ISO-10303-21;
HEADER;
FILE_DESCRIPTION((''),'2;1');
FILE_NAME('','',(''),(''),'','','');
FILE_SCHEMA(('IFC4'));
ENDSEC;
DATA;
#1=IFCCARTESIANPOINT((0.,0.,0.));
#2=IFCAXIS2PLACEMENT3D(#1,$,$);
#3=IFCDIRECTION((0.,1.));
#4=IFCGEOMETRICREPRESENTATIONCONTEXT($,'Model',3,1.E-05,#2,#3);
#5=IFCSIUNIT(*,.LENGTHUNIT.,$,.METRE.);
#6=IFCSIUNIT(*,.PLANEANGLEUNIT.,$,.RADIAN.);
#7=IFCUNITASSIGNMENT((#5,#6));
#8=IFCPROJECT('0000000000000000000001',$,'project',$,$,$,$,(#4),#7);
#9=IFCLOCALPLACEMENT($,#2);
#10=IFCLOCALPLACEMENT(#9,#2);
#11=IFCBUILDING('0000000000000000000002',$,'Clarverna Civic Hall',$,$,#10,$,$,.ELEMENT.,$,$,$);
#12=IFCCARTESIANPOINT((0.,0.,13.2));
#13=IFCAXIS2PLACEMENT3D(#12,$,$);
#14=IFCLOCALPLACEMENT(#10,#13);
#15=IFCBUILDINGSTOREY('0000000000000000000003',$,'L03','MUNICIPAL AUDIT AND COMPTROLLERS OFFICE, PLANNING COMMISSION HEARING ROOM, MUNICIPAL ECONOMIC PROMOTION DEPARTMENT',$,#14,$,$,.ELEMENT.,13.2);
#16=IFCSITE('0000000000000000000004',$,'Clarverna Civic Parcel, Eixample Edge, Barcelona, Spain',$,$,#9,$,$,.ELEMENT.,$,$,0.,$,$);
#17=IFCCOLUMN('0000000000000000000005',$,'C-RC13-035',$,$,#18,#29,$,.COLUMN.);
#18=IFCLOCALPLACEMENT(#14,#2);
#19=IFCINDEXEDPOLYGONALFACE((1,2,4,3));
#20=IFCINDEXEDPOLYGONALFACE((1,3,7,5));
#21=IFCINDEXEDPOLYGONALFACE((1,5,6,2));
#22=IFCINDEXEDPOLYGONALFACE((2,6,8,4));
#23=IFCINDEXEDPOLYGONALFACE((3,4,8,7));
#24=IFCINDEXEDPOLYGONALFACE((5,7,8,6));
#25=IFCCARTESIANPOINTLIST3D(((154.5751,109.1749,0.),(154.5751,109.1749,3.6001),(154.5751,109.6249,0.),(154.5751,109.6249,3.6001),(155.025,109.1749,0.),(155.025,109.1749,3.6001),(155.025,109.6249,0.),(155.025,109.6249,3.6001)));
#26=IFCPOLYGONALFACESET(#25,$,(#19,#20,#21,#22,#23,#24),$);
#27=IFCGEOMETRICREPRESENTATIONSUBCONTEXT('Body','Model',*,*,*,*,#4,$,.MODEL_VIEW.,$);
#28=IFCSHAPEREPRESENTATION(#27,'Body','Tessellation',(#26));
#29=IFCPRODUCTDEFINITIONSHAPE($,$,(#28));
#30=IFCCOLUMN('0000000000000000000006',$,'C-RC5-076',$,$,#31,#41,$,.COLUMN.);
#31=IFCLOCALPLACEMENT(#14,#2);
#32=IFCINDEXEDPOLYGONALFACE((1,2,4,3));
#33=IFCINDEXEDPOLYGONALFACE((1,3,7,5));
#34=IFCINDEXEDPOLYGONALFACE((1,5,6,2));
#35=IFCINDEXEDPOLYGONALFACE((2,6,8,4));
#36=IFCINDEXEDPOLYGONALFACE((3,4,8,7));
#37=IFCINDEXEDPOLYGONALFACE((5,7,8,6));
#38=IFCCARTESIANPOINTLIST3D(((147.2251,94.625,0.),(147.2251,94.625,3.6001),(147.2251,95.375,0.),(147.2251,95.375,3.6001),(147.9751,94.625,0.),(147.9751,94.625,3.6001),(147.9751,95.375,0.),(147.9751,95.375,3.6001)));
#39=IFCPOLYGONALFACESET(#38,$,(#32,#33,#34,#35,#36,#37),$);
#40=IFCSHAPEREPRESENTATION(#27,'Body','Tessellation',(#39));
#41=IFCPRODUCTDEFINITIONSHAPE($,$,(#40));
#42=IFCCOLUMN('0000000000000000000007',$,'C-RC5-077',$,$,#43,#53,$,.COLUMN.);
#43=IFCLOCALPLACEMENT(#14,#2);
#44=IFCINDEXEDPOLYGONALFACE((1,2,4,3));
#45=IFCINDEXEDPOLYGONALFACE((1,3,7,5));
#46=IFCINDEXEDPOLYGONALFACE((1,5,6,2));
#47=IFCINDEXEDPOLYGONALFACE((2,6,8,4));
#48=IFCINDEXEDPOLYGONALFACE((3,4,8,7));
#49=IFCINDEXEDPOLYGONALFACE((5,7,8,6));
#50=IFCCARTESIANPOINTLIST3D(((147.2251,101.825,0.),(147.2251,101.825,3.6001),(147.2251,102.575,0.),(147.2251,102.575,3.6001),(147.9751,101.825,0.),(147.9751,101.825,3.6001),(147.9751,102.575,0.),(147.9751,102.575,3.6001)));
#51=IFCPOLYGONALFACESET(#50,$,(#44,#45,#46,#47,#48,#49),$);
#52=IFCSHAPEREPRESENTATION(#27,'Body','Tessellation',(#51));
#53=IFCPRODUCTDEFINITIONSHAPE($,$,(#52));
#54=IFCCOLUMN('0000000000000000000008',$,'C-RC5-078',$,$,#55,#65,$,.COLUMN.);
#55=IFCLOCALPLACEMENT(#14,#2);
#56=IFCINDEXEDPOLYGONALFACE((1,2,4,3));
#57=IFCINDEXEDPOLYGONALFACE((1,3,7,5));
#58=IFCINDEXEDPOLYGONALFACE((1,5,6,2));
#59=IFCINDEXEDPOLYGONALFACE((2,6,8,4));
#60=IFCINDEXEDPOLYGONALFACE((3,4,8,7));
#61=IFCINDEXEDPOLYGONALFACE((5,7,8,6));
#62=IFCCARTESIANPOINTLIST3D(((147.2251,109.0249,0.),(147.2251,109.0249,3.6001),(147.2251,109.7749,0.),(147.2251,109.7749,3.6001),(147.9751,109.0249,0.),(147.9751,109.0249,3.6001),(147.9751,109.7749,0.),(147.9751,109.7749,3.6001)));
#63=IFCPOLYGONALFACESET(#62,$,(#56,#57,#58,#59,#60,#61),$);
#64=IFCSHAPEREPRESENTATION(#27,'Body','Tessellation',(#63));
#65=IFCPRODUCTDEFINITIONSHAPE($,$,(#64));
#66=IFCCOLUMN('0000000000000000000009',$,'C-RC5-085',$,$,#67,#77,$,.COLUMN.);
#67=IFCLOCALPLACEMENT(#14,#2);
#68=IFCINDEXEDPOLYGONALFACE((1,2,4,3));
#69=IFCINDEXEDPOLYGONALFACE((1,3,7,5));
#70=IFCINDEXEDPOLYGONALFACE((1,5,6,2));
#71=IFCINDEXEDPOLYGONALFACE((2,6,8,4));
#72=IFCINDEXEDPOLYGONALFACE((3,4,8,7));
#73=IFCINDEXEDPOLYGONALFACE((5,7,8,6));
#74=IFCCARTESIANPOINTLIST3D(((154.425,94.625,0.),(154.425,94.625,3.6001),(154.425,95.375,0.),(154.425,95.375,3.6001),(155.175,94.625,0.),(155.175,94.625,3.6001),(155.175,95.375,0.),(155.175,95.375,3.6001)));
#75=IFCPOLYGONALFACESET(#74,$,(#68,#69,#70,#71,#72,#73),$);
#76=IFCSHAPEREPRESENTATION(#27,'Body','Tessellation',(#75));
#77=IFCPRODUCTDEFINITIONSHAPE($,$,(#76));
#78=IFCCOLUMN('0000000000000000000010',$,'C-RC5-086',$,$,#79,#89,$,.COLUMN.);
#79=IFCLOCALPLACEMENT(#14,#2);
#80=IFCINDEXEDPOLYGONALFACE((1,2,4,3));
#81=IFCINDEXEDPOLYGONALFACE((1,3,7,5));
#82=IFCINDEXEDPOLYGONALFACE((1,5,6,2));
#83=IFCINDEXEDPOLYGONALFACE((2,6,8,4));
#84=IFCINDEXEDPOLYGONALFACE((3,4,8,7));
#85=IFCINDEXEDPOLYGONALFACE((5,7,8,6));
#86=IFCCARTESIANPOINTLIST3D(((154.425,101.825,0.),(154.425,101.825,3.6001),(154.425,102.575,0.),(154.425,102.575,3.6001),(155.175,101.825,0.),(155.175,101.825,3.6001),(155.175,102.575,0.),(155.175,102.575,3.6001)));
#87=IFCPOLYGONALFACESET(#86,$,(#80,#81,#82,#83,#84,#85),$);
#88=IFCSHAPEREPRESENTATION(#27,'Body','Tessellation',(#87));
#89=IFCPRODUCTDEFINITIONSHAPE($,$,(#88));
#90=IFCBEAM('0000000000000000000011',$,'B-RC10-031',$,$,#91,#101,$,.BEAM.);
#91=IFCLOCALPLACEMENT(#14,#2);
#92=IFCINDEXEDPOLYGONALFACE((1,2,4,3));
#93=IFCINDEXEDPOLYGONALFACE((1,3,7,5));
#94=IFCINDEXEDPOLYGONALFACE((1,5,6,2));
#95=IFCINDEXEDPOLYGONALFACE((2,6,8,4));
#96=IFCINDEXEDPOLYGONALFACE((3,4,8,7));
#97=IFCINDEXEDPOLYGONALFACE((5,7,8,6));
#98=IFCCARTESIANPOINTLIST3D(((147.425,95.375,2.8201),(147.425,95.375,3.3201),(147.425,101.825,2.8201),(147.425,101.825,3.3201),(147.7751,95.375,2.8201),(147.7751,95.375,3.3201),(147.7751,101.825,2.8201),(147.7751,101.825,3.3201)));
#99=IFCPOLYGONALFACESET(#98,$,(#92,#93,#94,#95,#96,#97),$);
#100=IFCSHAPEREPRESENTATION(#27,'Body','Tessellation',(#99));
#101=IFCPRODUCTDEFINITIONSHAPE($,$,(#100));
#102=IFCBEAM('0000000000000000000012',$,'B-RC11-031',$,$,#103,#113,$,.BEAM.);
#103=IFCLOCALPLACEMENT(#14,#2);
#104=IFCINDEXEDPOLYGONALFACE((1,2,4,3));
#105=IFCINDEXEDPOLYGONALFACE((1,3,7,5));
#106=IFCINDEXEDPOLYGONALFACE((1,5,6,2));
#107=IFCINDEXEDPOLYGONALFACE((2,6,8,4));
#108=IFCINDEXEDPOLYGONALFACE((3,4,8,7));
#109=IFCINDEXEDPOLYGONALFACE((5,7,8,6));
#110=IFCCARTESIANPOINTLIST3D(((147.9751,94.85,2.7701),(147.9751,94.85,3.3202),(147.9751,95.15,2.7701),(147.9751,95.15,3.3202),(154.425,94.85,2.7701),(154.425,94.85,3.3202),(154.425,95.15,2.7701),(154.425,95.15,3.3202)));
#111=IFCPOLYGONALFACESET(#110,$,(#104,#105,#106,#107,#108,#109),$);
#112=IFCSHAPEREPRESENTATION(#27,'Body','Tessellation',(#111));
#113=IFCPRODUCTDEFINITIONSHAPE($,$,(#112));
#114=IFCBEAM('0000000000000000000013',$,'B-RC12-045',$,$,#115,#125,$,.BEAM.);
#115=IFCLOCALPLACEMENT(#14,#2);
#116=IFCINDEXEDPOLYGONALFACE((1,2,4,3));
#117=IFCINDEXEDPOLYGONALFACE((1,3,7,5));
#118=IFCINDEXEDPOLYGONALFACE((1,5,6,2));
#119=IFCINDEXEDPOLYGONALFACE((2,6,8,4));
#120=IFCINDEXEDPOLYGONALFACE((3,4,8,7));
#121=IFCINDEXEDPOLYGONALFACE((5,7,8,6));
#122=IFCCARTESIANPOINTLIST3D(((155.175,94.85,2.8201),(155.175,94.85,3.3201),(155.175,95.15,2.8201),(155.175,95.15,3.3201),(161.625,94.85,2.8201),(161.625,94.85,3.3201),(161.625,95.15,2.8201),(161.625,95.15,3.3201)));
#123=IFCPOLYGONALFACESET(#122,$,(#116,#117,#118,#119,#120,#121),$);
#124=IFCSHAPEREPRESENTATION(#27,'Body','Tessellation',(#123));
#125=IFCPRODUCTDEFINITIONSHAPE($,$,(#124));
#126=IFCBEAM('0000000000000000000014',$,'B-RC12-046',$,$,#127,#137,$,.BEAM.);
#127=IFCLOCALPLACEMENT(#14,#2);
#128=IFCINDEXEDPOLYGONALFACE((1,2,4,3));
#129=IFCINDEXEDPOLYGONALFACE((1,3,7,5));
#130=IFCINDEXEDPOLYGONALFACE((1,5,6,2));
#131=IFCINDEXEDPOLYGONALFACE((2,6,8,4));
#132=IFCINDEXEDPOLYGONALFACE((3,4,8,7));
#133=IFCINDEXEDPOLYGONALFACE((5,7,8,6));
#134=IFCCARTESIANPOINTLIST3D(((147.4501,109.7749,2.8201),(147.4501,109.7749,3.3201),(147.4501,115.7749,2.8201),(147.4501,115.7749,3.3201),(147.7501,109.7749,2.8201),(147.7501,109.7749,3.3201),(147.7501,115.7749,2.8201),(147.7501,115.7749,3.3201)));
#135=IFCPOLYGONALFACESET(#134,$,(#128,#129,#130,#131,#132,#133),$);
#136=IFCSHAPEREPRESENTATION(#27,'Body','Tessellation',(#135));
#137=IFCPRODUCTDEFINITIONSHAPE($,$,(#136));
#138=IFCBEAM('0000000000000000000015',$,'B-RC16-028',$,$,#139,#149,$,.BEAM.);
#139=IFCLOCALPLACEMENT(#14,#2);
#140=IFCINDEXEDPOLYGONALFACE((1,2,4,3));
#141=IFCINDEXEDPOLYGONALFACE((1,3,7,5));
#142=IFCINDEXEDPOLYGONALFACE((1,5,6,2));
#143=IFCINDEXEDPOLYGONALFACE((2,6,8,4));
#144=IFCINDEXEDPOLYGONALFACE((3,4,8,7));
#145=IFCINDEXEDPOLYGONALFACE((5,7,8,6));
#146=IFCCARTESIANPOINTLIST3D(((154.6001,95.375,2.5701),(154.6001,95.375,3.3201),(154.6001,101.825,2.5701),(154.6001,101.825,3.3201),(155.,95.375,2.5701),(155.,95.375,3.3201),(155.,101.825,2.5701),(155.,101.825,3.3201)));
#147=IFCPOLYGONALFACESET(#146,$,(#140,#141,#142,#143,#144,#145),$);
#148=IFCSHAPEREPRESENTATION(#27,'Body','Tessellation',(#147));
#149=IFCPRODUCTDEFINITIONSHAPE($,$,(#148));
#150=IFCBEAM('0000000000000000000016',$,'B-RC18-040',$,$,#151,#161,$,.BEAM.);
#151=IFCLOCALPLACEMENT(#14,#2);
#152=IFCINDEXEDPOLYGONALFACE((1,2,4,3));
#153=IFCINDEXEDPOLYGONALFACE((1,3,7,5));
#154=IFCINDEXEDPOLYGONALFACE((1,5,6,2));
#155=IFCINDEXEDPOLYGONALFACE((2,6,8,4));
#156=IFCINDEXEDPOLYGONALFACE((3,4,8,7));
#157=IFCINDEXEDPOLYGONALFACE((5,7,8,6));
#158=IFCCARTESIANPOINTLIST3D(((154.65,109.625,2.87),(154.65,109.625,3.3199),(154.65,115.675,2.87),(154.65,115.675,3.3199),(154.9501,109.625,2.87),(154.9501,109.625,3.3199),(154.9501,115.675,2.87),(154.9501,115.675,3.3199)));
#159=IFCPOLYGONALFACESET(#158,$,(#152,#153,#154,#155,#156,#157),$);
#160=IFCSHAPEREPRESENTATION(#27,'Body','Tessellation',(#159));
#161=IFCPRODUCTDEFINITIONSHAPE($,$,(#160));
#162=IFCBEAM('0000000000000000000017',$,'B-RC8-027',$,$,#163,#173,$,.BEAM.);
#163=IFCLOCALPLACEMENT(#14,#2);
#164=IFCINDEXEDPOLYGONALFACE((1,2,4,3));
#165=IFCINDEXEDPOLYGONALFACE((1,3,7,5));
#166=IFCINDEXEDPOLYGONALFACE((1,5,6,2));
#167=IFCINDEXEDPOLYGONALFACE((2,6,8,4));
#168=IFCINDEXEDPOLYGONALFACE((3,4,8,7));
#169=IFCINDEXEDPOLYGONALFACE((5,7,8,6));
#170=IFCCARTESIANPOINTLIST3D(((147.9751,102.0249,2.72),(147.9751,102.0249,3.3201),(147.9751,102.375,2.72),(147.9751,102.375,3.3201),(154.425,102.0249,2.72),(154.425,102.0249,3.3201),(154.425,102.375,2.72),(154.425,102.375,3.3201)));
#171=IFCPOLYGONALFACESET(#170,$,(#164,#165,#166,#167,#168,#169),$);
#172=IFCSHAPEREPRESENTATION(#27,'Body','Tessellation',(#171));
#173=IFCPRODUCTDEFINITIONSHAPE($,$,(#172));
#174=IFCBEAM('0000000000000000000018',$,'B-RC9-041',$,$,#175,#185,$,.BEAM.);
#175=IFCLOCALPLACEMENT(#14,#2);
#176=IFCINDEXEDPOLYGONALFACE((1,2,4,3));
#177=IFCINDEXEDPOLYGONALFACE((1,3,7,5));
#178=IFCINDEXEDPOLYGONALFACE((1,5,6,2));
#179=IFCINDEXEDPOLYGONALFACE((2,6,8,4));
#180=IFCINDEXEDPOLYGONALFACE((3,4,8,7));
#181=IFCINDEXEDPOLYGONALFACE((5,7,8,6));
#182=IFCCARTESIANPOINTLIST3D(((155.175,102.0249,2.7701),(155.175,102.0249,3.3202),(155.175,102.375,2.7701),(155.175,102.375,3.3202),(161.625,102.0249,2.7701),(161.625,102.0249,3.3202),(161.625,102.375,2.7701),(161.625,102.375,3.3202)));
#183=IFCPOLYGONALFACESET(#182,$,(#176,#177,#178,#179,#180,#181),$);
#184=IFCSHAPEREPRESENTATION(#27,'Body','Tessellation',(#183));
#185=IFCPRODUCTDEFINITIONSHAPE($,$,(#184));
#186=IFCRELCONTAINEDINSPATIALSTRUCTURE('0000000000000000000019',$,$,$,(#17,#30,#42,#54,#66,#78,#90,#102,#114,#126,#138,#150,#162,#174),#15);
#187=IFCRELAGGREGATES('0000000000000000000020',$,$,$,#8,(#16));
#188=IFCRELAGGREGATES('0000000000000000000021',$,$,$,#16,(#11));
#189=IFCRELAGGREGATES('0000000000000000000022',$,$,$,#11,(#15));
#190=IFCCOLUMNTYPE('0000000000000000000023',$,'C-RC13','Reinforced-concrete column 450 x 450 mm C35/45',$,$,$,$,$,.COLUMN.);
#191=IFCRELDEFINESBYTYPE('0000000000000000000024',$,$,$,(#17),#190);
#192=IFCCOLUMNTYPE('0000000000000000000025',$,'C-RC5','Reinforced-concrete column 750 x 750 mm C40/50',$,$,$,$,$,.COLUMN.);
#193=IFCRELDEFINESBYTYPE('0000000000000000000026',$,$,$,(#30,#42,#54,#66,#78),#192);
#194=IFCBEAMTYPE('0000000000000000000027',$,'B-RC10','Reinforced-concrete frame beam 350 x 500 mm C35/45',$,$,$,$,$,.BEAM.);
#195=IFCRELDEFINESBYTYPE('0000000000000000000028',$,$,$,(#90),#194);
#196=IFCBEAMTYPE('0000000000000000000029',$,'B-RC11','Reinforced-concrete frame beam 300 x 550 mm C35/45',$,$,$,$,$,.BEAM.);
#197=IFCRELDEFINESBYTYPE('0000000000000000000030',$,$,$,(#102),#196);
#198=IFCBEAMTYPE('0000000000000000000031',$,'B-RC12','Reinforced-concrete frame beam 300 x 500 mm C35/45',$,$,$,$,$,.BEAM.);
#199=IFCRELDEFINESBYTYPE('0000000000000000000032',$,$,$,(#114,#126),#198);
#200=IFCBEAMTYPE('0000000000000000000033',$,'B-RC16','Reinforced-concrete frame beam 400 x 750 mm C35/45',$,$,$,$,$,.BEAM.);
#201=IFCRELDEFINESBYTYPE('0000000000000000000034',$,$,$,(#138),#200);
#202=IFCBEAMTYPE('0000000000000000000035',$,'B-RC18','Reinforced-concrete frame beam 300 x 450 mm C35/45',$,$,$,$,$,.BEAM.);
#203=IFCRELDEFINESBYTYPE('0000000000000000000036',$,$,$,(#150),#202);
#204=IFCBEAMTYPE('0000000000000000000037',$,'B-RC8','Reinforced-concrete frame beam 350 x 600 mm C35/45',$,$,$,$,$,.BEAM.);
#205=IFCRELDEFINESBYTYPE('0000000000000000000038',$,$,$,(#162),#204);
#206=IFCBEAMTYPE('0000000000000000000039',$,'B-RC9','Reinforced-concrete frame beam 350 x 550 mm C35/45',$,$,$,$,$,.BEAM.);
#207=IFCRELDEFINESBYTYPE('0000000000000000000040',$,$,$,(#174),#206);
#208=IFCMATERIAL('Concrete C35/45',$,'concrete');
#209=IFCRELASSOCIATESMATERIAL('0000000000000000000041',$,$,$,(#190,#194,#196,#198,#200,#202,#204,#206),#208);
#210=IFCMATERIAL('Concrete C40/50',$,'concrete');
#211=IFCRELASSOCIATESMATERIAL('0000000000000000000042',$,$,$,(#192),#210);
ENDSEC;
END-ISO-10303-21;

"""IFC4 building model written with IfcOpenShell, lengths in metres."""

from ifc_helpers import new_model, si_unit, direction, frame, origin, origin_2d, place, context, subcontext, project, spatial, rectangle, extrude, material, material_profile, profile_set, type_object, element, save


model = new_model("IFC4")

# Units and contexts
model_context = context("Model", 3, precision=1e-05, world=origin(), true_north=direction((0.0, 1.0)))
body_context = subcontext(model_context, "Body", "Model", "MODEL_VIEW")
ifc_project = project(units=[si_unit("LENGTHUNIT", "METRE"), si_unit("PLANEANGLEUNIT", "RADIAN")], contexts=[model_context])

# Site, building, storey
site_placement = place(None, origin())
site = spatial("IfcSite", under=ifc_project, at=site_placement, Name="Clarverna Civic Parcel, Eixample Edge, Barcelona, Spain", CompositionType="ELEMENT", RefElevation=0.0)
building_placement = place(site_placement, origin())
building = spatial("IfcBuilding", under=site, at=building_placement, Name="Clarverna Civic Hall", CompositionType="ELEMENT")
storey_placement = place(building_placement, frame((0.0, 0.0, 13.2)))
storey = spatial("IfcBuildingStorey", under=building, at=storey_placement, Name="L03", Description="MUNICIPAL AUDIT AND COMPTROLLERS OFFICE, PLANNING COMMISSION HEARING ROOM, MUNICIPAL ECONOMIC PROMOTION DEPARTMENT", CompositionType="ELEMENT", Elevation=13.2)

# Columns
ifc_material_1 = material(Name="Concrete C35/45", Category="concrete")
ifc_material_profile_1 = material_profile(ifc_material_1, rectangle(XDim=0.45, YDim=0.45, at=origin_2d()), Name="RC 450x450")
ifc_profile_set_1 = profile_set([ifc_material_profile_1], Name="Concrete C35/45")
column_type_1 = type_object("IfcColumnType", Name="C-RC13", Description="Reinforced-concrete column 450 x 450 mm C35/45", PredefinedType="COLUMN", material=ifc_profile_set_1)
column_placement = place(storey_placement, frame((154.8, 109.3999, 0.0), z_axis=(0.0, 0.0, 1.0), x_axis=(1.0, 0.0, 0.0)))
element("IfcColumn", 1, at=column_placement, inside=storey, type_object=column_type_1, Name="C-RC13-035", PredefinedType="COLUMN", context=body_context, shape_type="SweptSolid", body=[
    extrude(rectangle(XDim=0.45, YDim=0.45, at=origin_2d()), origin(), (0.0, 0.0, 1.0), 3.6001),
])
ifc_material_2 = material(Name="Concrete C40/50", Category="concrete")
ifc_material_profile_2 = material_profile(ifc_material_2, rectangle(XDim=0.75, YDim=0.75, at=origin_2d()), Name="RC 750x750")
ifc_profile_set_2 = profile_set([ifc_material_profile_2], Name="Concrete C40/50")
column_type_2 = type_object("IfcColumnType", Name="C-RC5", Description="Reinforced-concrete column 750 x 750 mm C40/50", PredefinedType="COLUMN", material=ifc_profile_set_2)
for number, where, z_axis, x_axis, name in (
    (2, (147.6001, 95.0, 0.0), (0.0, 0.0, 1.0), (1.0, 0.0, 0.0), "C-RC5-076"),
    (3, (147.6001, 102.2, 0.0), (0.0, 0.0, 1.0), (1.0, 0.0, 0.0), "C-RC5-077"),
    (4, (147.6001, 109.3999, 0.0), (0.0, 0.0, 1.0), (1.0, 0.0, 0.0), "C-RC5-078"),
    (5, (154.8, 95.0, 0.0), (0.0, 0.0, 1.0), (1.0, 0.0, 0.0), "C-RC5-085"),
    (6, (154.8, 102.2, 0.0), (0.0, 0.0, 1.0), (1.0, 0.0, 0.0), "C-RC5-086"),
):
    element("IfcColumn", number, at=place(storey_placement, frame(where, z_axis=z_axis, x_axis=x_axis)), inside=storey, type_object=column_type_2, Name=name, PredefinedType="COLUMN", context=body_context, shape_type="SweptSolid", body=[
        extrude(rectangle(XDim=0.75, YDim=0.75, at=origin_2d()), origin(), (0.0, 0.0, 1.0), 3.6001),
    ])

# Beams
ifc_material_profile_3 = material_profile(ifc_material_1, rectangle(XDim=0.3501, YDim=0.5, at=origin_2d()), Name="RC 350x500")
ifc_profile_set_3 = profile_set([ifc_material_profile_3], Name="Concrete C35/45")
beam_type_1 = type_object("IfcBeamType", Name="B-RC10", Description="Reinforced-concrete frame beam 350 x 500 mm C35/45", PredefinedType="BEAM", material=ifc_profile_set_3)
beam_1_placement = place(storey_placement, frame((147.6001, 95.375, 3.0701), z_axis=(0.0, 1.0, 0.0), x_axis=(-1.0, 0.0, 0.0)))
element("IfcBeam", 7, at=beam_1_placement, inside=storey, type_object=beam_type_1, Name="B-RC10-031", PredefinedType="BEAM", context=body_context, shape_type="SweptSolid", body=[
    extrude(rectangle(XDim=0.3501, YDim=0.5, at=origin_2d()), origin(), (0.0, 0.0, 1.0), 6.45),
])
ifc_material_profile_4 = material_profile(ifc_material_1, rectangle(XDim=0.3, YDim=0.55, at=origin_2d()), Name="RC 300x550")
ifc_profile_set_4 = profile_set([ifc_material_profile_4], Name="Concrete C35/45")
beam_type_2 = type_object("IfcBeamType", Name="B-RC11", Description="Reinforced-concrete frame beam 300 x 550 mm C35/45", PredefinedType="BEAM", material=ifc_profile_set_4)
beam_2_placement = place(storey_placement, frame((147.9751, 95.0, 3.0452), z_axis=(1.0, 0.0, 0.0), x_axis=(0.0, 1.0, 0.0)))
element("IfcBeam", 8, at=beam_2_placement, inside=storey, type_object=beam_type_2, Name="B-RC11-031", PredefinedType="BEAM", context=body_context, shape_type="SweptSolid", body=[
    extrude(rectangle(XDim=0.3, YDim=0.55, at=origin_2d()), origin(), (0.0, 0.0, 1.0), 6.45),
])
ifc_material_profile_5 = material_profile(ifc_material_1, rectangle(XDim=0.3, YDim=0.5, at=origin_2d()), Name="RC 300x500")
ifc_profile_set_5 = profile_set([ifc_material_profile_5], Name="Concrete C35/45")
beam_type_3 = type_object("IfcBeamType", Name="B-RC12", Description="Reinforced-concrete frame beam 300 x 500 mm C35/45", PredefinedType="BEAM", material=ifc_profile_set_5)
beam_3_placement = place(storey_placement, frame((155.175, 95.0, 3.0701), z_axis=(1.0, 0.0, 0.0), x_axis=(0.0, 1.0, 0.0)))
element("IfcBeam", 9, at=beam_3_placement, inside=storey, type_object=beam_type_3, Name="B-RC12-045", PredefinedType="BEAM", context=body_context, shape_type="SweptSolid", body=[
    extrude(rectangle(XDim=0.3, YDim=0.5, at=origin_2d()), origin(), (0.0, 0.0, 1.0), 6.45),
])
beam_4_placement = place(storey_placement, frame((147.6001, 109.7749, 3.0701), z_axis=(0.0, 1.0, 0.0), x_axis=(-1.0, 0.0, 0.0)))
element("IfcBeam", 10, at=beam_4_placement, inside=storey, type_object=beam_type_3, Name="B-RC12-046", PredefinedType="BEAM", context=body_context, shape_type="SweptSolid", body=[
    extrude(rectangle(XDim=0.3, YDim=0.5, at=origin_2d()), origin(), (0.0, 0.0, 1.0), 6.0),
])
ifc_material_profile_6 = material_profile(ifc_material_1, rectangle(XDim=0.3999, YDim=0.75, at=origin_2d()), Name="RC 400x750")
ifc_profile_set_6 = profile_set([ifc_material_profile_6], Name="Concrete C35/45")
beam_type_4 = type_object("IfcBeamType", Name="B-RC16", Description="Reinforced-concrete frame beam 400 x 750 mm C35/45", PredefinedType="BEAM", material=ifc_profile_set_6)
beam_5_placement = place(storey_placement, frame((154.8, 95.375, 2.9451), z_axis=(0.0, 1.0, 0.0), x_axis=(-1.0, 0.0, 0.0)))
element("IfcBeam", 11, at=beam_5_placement, inside=storey, type_object=beam_type_4, Name="B-RC16-028", PredefinedType="BEAM", context=body_context, shape_type="SweptSolid", body=[
    extrude(rectangle(XDim=0.3999, YDim=0.75, at=origin_2d()), origin(), (0.0, 0.0, 1.0), 6.45),
])
ifc_material_profile_7 = material_profile(ifc_material_1, rectangle(XDim=0.3, YDim=0.45, at=origin_2d()), Name="RC 300x450")
ifc_profile_set_7 = profile_set([ifc_material_profile_7], Name="Concrete C35/45")
beam_type_5 = type_object("IfcBeamType", Name="B-RC18", Description="Reinforced-concrete frame beam 300 x 450 mm C35/45", PredefinedType="BEAM", material=ifc_profile_set_7)
beam_6_placement = place(storey_placement, frame((154.8, 109.625, 3.095), z_axis=(0.0, 1.0, 0.0), x_axis=(-1.0, 0.0, 0.0)))
element("IfcBeam", 12, at=beam_6_placement, inside=storey, type_object=beam_type_5, Name="B-RC18-040", PredefinedType="BEAM", context=body_context, shape_type="SweptSolid", body=[
    extrude(rectangle(XDim=0.3, YDim=0.45, at=origin_2d()), origin(), (0.0, 0.0, 1.0), 6.05),
])
ifc_material_profile_8 = material_profile(ifc_material_1, rectangle(XDim=0.3501, YDim=0.6001, at=origin_2d()), Name="RC 350x600")
ifc_profile_set_8 = profile_set([ifc_material_profile_8], Name="Concrete C35/45")
beam_type_6 = type_object("IfcBeamType", Name="B-RC8", Description="Reinforced-concrete frame beam 350 x 600 mm C35/45", PredefinedType="BEAM", material=ifc_profile_set_8)
beam_7_placement = place(storey_placement, frame((147.9751, 102.2, 3.02), z_axis=(1.0, 0.0, 0.0), x_axis=(0.0, 1.0, 0.0)))
element("IfcBeam", 13, at=beam_7_placement, inside=storey, type_object=beam_type_6, Name="B-RC8-027", PredefinedType="BEAM", context=body_context, shape_type="SweptSolid", body=[
    extrude(rectangle(XDim=0.3501, YDim=0.6001, at=origin_2d()), origin(), (0.0, 0.0, 1.0), 6.45),
])
ifc_material_profile_9 = material_profile(ifc_material_1, rectangle(XDim=0.3501, YDim=0.55, at=origin_2d()), Name="RC 350x550")
ifc_profile_set_9 = profile_set([ifc_material_profile_9], Name="Concrete C35/45")
beam_type_7 = type_object("IfcBeamType", Name="B-RC9", Description="Reinforced-concrete frame beam 350 x 550 mm C35/45", PredefinedType="BEAM", material=ifc_profile_set_9)
beam_8_placement = place(storey_placement, frame((155.175, 102.2, 3.0452), z_axis=(1.0, 0.0, 0.0), x_axis=(0.0, 1.0, 0.0)))
element("IfcBeam", 14, at=beam_8_placement, inside=storey, type_object=beam_type_7, Name="B-RC9-041", PredefinedType="BEAM", context=body_context, shape_type="SweptSolid", body=[
    extrude(rectangle(XDim=0.3501, YDim=0.55, at=origin_2d()), origin(), (0.0, 0.0, 1.0), 6.45),
])

save(model, "model.ifc")
